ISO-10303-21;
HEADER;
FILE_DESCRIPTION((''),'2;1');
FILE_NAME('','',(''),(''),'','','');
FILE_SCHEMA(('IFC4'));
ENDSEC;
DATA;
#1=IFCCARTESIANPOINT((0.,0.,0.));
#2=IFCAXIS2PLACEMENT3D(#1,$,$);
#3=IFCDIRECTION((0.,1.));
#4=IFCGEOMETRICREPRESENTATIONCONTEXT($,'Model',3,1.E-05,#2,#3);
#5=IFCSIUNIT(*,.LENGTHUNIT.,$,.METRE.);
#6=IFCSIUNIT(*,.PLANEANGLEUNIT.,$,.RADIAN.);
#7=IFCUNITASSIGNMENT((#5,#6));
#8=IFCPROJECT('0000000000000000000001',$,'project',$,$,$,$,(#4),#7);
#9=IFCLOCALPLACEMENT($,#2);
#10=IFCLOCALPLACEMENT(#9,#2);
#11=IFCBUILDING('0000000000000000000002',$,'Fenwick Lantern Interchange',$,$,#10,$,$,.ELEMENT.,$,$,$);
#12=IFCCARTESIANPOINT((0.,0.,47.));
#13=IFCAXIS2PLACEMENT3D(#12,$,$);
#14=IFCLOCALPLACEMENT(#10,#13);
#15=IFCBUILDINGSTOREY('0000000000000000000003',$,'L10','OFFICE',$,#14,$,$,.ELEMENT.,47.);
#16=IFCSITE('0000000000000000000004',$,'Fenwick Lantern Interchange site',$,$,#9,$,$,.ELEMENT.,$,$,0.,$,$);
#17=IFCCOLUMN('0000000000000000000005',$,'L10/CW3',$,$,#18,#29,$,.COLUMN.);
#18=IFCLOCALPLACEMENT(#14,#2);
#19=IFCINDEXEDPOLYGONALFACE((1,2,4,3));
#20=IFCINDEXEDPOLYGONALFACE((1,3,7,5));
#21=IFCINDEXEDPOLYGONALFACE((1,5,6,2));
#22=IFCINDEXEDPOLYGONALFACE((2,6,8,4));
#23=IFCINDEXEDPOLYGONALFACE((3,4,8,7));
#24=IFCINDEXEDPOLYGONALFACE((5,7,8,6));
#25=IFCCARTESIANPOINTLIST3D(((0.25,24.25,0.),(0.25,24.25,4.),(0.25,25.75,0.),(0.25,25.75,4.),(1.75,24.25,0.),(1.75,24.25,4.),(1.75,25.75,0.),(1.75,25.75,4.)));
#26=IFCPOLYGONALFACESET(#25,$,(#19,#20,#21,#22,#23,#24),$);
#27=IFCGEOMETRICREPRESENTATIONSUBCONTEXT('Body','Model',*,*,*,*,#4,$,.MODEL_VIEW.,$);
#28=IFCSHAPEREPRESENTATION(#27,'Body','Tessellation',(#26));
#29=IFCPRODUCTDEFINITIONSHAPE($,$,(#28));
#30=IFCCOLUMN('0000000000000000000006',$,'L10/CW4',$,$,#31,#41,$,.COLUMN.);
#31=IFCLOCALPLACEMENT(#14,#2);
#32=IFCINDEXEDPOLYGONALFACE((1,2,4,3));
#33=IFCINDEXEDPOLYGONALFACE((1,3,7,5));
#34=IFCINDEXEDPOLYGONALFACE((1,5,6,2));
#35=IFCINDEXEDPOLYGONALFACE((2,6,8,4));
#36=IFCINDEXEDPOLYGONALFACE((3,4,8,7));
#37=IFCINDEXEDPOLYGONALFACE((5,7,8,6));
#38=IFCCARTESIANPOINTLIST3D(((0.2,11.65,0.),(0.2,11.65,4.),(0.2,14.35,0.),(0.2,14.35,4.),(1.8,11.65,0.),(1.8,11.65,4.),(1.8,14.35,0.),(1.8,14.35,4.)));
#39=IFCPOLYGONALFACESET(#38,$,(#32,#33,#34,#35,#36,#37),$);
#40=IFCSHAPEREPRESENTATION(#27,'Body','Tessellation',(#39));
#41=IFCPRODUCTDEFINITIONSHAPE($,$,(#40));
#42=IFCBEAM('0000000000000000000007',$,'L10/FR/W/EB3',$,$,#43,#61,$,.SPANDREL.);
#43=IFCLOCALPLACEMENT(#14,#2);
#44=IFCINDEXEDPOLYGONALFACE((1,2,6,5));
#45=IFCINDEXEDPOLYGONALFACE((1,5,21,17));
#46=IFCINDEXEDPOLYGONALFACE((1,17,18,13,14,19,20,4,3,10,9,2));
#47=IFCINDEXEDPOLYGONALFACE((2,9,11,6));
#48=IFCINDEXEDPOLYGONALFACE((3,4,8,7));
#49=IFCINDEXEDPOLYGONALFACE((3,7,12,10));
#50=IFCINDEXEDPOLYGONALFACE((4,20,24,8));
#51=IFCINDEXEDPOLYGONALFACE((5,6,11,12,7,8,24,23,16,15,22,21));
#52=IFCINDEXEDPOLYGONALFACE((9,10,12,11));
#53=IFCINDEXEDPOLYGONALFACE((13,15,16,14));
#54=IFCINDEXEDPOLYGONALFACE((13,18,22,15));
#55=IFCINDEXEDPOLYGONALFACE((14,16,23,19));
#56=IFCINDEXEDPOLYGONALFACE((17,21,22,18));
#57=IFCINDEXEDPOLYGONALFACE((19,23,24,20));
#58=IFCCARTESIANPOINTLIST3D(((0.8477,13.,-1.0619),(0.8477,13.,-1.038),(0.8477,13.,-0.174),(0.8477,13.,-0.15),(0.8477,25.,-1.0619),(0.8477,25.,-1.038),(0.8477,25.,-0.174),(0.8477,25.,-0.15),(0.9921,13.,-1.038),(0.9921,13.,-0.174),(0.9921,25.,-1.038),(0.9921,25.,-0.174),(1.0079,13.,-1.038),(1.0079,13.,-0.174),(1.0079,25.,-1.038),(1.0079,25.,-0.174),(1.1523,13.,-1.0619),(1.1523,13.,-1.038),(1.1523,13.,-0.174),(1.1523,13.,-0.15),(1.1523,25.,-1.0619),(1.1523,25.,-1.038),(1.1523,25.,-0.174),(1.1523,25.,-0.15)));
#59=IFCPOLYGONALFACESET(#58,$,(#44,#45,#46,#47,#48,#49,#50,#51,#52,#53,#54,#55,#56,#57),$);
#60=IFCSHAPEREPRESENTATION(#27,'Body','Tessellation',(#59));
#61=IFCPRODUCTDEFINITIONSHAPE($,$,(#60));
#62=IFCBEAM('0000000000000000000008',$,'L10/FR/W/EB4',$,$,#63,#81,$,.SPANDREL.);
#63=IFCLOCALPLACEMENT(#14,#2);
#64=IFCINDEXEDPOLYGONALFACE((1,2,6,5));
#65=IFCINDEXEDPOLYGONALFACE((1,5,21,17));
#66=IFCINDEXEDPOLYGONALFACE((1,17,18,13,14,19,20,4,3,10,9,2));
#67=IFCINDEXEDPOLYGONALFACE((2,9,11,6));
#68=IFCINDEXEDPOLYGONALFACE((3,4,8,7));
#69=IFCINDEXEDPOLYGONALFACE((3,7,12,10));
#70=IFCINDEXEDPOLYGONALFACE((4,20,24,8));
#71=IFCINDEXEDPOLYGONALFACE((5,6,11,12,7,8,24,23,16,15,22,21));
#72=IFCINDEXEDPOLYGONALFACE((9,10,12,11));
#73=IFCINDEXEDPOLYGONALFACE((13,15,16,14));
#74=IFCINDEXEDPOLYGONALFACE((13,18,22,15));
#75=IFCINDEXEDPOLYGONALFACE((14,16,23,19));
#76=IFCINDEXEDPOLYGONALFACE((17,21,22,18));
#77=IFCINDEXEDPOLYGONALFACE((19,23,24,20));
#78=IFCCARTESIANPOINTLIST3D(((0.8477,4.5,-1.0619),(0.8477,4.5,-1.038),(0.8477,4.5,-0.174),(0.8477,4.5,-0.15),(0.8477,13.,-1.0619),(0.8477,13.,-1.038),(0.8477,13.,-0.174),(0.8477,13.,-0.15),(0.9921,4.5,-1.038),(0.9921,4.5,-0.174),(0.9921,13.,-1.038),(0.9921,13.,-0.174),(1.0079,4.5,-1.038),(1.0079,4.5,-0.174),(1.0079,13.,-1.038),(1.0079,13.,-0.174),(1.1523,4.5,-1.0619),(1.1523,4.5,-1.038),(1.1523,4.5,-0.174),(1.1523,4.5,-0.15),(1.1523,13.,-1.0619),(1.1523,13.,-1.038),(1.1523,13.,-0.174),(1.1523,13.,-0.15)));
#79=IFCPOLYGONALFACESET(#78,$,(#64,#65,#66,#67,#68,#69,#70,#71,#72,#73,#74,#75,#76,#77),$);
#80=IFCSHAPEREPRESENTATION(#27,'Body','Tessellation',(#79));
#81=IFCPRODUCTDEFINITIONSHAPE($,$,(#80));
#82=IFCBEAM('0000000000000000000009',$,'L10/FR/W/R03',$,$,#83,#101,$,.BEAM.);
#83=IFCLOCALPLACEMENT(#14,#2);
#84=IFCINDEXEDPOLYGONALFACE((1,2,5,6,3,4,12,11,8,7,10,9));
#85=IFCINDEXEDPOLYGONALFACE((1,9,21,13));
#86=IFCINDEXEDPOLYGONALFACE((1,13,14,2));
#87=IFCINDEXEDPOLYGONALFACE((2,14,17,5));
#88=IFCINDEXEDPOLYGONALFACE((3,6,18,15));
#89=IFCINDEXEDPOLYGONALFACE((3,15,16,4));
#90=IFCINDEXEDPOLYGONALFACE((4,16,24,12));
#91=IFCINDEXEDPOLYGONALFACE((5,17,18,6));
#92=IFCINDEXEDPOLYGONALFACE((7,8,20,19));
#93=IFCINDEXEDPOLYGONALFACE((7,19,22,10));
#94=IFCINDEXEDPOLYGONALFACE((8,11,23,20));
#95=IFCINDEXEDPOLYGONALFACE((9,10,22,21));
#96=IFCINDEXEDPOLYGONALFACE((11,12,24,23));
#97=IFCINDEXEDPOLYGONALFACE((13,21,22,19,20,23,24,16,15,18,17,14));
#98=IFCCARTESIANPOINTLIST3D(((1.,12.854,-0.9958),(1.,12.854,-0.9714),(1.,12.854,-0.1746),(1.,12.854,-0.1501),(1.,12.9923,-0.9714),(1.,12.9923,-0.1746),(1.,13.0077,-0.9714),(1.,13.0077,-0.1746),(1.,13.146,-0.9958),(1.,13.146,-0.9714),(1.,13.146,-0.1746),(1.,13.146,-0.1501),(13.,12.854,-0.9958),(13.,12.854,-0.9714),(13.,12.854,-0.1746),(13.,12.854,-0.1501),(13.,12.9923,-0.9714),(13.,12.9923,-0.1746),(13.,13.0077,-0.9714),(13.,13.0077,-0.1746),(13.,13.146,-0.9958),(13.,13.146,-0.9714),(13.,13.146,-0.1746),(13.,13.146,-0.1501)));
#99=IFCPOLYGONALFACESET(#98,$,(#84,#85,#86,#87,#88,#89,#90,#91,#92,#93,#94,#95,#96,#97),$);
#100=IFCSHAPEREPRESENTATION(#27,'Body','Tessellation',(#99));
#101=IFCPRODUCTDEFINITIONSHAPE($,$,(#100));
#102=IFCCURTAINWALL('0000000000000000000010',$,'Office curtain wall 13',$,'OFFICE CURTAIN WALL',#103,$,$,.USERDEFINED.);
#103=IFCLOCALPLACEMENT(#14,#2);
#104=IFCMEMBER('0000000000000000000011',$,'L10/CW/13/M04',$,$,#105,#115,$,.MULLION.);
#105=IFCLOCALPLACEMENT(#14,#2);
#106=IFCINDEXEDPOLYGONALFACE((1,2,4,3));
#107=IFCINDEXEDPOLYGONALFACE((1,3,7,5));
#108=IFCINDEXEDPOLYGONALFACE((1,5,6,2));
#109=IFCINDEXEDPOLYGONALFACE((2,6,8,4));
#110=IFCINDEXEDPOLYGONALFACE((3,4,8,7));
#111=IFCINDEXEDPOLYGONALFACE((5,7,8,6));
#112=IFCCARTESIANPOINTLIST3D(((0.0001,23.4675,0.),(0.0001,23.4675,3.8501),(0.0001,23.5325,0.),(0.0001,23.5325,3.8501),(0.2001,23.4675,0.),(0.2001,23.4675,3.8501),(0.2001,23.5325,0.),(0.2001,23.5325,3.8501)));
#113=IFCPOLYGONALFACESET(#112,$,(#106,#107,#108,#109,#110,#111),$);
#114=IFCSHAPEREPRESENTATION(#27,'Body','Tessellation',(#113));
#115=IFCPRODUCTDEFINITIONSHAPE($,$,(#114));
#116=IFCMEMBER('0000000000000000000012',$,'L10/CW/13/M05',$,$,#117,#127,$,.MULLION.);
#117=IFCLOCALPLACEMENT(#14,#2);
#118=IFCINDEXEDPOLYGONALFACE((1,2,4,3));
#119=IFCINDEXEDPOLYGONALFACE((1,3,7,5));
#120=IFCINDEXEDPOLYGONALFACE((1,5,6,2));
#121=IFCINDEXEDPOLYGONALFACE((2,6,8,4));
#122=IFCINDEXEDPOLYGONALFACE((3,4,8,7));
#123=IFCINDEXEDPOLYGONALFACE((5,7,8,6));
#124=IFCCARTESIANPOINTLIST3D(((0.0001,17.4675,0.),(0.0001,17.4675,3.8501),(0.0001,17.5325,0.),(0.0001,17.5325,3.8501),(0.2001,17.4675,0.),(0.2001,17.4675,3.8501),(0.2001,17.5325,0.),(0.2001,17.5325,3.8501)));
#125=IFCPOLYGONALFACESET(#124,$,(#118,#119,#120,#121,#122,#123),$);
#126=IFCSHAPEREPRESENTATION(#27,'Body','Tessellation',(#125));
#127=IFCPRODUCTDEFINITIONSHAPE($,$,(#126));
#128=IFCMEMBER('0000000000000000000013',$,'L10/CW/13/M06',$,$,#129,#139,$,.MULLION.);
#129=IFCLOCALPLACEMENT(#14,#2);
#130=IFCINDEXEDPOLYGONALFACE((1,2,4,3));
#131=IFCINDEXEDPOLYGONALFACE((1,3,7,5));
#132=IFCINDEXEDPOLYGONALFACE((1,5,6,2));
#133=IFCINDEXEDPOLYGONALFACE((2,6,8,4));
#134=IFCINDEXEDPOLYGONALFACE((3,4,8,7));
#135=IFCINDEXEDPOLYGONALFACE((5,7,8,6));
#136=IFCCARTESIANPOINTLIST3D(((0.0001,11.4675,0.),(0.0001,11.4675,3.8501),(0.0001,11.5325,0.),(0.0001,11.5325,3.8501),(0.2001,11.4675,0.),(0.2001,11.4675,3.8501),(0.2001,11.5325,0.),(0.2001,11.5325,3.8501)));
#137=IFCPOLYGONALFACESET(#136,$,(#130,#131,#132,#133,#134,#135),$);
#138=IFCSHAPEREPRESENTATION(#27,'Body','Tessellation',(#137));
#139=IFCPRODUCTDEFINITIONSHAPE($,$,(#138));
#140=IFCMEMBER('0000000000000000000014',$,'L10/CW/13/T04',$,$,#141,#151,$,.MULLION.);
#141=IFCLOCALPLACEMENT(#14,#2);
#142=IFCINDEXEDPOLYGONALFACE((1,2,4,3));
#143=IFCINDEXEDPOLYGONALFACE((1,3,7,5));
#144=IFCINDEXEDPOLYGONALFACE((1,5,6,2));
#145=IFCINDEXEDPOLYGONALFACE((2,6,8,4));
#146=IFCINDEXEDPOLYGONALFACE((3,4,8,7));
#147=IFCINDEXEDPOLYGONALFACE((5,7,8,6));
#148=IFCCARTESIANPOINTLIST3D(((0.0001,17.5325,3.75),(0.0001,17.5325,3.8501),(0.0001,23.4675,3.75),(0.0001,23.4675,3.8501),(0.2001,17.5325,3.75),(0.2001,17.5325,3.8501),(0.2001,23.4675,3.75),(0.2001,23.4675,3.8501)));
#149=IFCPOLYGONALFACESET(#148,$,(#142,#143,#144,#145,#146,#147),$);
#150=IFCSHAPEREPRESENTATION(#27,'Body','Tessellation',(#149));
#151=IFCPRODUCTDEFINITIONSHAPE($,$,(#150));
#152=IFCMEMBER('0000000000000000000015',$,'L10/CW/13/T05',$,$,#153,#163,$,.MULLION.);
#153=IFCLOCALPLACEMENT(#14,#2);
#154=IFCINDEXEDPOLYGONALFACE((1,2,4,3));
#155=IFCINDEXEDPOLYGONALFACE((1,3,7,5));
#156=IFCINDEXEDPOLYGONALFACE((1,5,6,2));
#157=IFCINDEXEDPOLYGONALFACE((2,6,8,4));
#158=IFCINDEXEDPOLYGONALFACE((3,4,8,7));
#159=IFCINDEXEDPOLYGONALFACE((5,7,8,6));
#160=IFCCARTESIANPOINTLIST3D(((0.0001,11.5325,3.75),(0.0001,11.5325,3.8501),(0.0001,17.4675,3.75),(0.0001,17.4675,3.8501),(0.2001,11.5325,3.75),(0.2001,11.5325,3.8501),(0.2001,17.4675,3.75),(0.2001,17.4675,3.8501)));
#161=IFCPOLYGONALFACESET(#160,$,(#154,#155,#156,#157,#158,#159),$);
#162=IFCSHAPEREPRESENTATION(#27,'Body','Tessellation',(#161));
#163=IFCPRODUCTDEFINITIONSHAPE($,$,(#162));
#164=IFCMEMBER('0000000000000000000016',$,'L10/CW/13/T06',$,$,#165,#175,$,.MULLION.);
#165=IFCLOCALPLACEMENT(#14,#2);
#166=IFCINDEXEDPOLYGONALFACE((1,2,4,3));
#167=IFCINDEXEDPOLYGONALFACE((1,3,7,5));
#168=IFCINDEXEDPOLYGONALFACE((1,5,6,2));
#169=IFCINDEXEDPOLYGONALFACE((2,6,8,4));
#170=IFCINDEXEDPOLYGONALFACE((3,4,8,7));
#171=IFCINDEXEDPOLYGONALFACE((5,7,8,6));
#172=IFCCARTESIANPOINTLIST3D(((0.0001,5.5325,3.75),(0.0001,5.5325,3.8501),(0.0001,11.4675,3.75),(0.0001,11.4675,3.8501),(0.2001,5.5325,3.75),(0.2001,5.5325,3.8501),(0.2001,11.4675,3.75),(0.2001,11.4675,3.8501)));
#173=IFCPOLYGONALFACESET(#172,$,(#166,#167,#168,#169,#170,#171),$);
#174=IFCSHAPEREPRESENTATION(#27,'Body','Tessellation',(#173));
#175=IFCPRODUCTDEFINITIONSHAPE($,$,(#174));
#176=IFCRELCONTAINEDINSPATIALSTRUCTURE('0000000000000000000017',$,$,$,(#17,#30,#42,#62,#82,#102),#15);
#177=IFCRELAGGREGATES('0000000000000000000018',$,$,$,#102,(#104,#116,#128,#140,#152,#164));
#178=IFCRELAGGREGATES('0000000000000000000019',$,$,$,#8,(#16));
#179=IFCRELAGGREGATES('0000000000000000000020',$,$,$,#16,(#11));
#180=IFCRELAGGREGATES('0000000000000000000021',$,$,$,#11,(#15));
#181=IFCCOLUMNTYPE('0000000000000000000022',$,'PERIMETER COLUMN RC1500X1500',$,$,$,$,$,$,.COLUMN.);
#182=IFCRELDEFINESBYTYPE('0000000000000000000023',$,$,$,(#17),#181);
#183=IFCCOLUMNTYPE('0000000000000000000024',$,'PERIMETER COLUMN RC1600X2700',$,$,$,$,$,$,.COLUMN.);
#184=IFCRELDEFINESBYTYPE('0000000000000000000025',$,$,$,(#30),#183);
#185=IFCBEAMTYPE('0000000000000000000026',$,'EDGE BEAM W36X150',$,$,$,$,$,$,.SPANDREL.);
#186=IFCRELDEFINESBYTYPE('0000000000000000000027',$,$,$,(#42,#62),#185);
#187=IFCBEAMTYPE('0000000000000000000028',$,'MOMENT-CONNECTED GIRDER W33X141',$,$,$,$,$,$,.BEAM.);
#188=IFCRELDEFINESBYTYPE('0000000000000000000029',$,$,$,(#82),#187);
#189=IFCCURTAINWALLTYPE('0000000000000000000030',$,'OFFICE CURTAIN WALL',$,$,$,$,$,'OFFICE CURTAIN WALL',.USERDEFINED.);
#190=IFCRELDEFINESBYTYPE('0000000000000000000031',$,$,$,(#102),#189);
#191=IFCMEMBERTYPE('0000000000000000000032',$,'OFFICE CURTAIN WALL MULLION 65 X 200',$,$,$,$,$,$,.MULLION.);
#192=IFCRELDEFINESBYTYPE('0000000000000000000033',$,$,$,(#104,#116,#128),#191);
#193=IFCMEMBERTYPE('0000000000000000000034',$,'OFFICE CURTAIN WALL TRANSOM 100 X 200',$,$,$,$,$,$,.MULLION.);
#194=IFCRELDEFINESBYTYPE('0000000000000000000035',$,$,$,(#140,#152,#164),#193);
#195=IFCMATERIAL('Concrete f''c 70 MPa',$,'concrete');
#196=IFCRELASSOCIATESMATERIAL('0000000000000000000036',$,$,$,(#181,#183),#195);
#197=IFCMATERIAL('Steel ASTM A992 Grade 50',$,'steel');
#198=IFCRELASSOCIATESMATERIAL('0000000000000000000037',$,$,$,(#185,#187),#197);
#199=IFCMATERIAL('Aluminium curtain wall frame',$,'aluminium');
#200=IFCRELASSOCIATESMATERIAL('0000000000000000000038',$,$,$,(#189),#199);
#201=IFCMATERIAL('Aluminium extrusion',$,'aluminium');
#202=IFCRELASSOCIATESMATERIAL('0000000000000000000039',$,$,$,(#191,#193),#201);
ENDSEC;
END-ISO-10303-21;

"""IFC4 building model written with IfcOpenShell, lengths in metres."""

from ifc_helpers import new_model, si_unit, direction, frame, origin, origin_2d, place, context, subcontext, project, spatial, rectangle, i_section, extrude, material, material_profile, profile_set, type_object, element, aggregate, save


model = new_model("IFC4")

# Units and contexts
model_context = context("Model", 3, precision=1e-05, world=origin(), true_north=direction((0.0, 1.0)))
body_context = subcontext(model_context, "Body", "Model", "MODEL_VIEW")
ifc_project = project(units=[si_unit("LENGTHUNIT", "METRE"), si_unit("PLANEANGLEUNIT", "RADIAN")], contexts=[model_context])

# Site, building, storey
site_placement = place(None, origin())
site = spatial("IfcSite", under=ifc_project, at=site_placement, Name="Fenwick Lantern Interchange site", CompositionType="ELEMENT", RefElevation=0.0)
building_placement = place(site_placement, origin())
building = spatial("IfcBuilding", under=site, at=building_placement, Name="Fenwick Lantern Interchange", CompositionType="ELEMENT")
storey_placement = place(building_placement, frame((0.0, 0.0, 47.0)))
storey = spatial("IfcBuildingStorey", under=building, at=storey_placement, Name="L10", Description="OFFICE", CompositionType="ELEMENT", Elevation=47.0)

# Columns
ifc_material_1 = material(Name="Concrete f'c 70 MPa", Category="concrete")
ifc_material_profile_1 = material_profile(ifc_material_1, rectangle(XDim=1.5, YDim=1.5, at=origin_2d()), Name="RC1500X1500")
ifc_profile_set_1 = profile_set([ifc_material_profile_1], Name="Concrete f'c 70 MPa")
column_type_1 = type_object("IfcColumnType", Name="PERIMETER COLUMN RC1500X1500", PredefinedType="COLUMN", material=ifc_profile_set_1)
column_1_placement = place(storey_placement, frame((1.0, 25.0, 0.0), z_axis=(0.0, 0.0, 1.0), x_axis=(1.0, 0.0, 0.0)))
element("IfcColumn", 1, at=column_1_placement, inside=storey, type_object=column_type_1, Name="L10/CW3", PredefinedType="COLUMN", context=body_context, shape_type="SweptSolid", body=[
    extrude(rectangle(XDim=1.5, YDim=1.5, at=origin_2d()), origin(), (0.0, 0.0, 1.0), 4.0),
])
ifc_material_profile_2 = material_profile(ifc_material_1, rectangle(XDim=1.6001, YDim=2.7, at=origin_2d()), Name="RC1600X2700")
ifc_profile_set_2 = profile_set([ifc_material_profile_2], Name="Concrete f'c 70 MPa")
column_type_2 = type_object("IfcColumnType", Name="PERIMETER COLUMN RC1600X2700", PredefinedType="COLUMN", material=ifc_profile_set_2)
column_2_placement = place(storey_placement, frame((1.0, 13.0, 0.0), z_axis=(0.0, 0.0, 1.0), x_axis=(1.0, 0.0, 0.0)))
element("IfcColumn", 2, at=column_2_placement, inside=storey, type_object=column_type_2, Name="L10/CW4", PredefinedType="COLUMN", context=body_context, shape_type="SweptSolid", body=[
    extrude(rectangle(XDim=1.6001, YDim=2.7, at=origin_2d()), origin(), (0.0, 0.0, 1.0), 4.0),
])

# Beams
ifc_material_2 = material(Name="Steel ASTM A992 Grade 50", Category="steel")
ifc_material_profile_3 = material_profile(ifc_material_2, i_section(OverallWidth=0.3047, OverallDepth=0.9119, WebThickness=0.0159, FlangeThickness=0.0239, at=origin_2d()), Name="W36X150")
ifc_profile_set_3 = profile_set([ifc_material_profile_3], Name="Steel ASTM A992 Grade 50")
beam_type_1 = type_object("IfcBeamType", Name="EDGE BEAM W36X150", PredefinedType="SPANDREL", material=ifc_profile_set_3)
beam_1_placement = place(storey_placement, frame((1.0, 25.0, -0.606), z_axis=(0.0, -1.0, 0.0), x_axis=(1.0, 0.0, 0.0)))
element("IfcBeam", 3, at=beam_1_placement, inside=storey, type_object=beam_type_1, Name="L10/FR/W/EB3", PredefinedType="SPANDREL", context=body_context, shape_type="SweptSolid", body=[
    extrude(i_section(OverallWidth=0.3047, OverallDepth=0.9119, WebThickness=0.0159, FlangeThickness=0.0239, at=origin_2d()), origin(), (0.0, 0.0, 1.0), 12.0),
])
beam_2_placement = place(storey_placement, frame((1.0, 13.0, -0.606), z_axis=(0.0, -1.0, 0.0), x_axis=(1.0, 0.0, 0.0)))
element("IfcBeam", 4, at=beam_2_placement, inside=storey, type_object=beam_type_1, Name="L10/FR/W/EB4", PredefinedType="SPANDREL", context=body_context, shape_type="SweptSolid", body=[
    extrude(i_section(OverallWidth=0.3047, OverallDepth=0.9119, WebThickness=0.0159, FlangeThickness=0.0239, at=origin_2d()), origin(), (0.0, 0.0, 1.0), 8.5),
])
ifc_material_profile_4 = material_profile(ifc_material_2, i_section(OverallWidth=0.292, OverallDepth=0.8457, WebThickness=0.0154, FlangeThickness=0.0244, at=origin_2d()), Name="W33X141")
ifc_profile_set_4 = profile_set([ifc_material_profile_4], Name="Steel ASTM A992 Grade 50")
beam_type_2 = type_object("IfcBeamType", Name="MOMENT-CONNECTED GIRDER W33X141", PredefinedType="BEAM", material=ifc_profile_set_4)
beam_3_placement = place(storey_placement, frame((1.0, 13.0, -0.573), z_axis=(1.0, 0.0, 0.0), x_axis=(0.0, 1.0, 0.0)))
element("IfcBeam", 5, at=beam_3_placement, inside=storey, type_object=beam_type_2, Name="L10/FR/W/R03", PredefinedType="BEAM", context=body_context, shape_type="SweptSolid", body=[
    extrude(i_section(OverallWidth=0.292, OverallDepth=0.8457, WebThickness=0.0154, FlangeThickness=0.0244, at=origin_2d()), origin(), (0.0, 0.0, 1.0), 12.0),
])

# Curtain wall, members
ifc_material_3 = material(Name="Aluminium curtain wall frame", Category="aluminium")
curtain_wall_type = type_object("IfcCurtainWallType", Name="OFFICE CURTAIN WALL", ElementType="OFFICE CURTAIN WALL", PredefinedType="USERDEFINED", material=ifc_material_3)
curtain_wall_placement = place(storey_placement, origin())
curtain_wall = element("IfcCurtainWall", 6, at=curtain_wall_placement, inside=storey, type_object=curtain_wall_type, Name="Office curtain wall 13", ObjectType="OFFICE CURTAIN WALL", PredefinedType="USERDEFINED")
ifc_material_4 = material(Name="Aluminium extrusion", Category="aluminium")
ifc_material_profile_5 = material_profile(ifc_material_4, rectangle(XDim=0.2, YDim=0.0649, at=origin_2d()), Name="OFFICE CURTAIN WALL MULLION 65 X 200")
ifc_profile_set_5 = profile_set([ifc_material_profile_5], Name="Aluminium extrusion")
member_type_1 = type_object("IfcMemberType", Name="OFFICE CURTAIN WALL MULLION 65 X 200", PredefinedType="MULLION", material=ifc_profile_set_5)
member_1_placement = place(storey_placement, frame((0.1001, 23.5, 0.0), z_axis=(0.0, 0.0, 1.0), x_axis=(1.0, 0.0, 0.0)))
member_1 = element("IfcMember", 7, at=member_1_placement, type_object=member_type_1, Name="L10/CW/13/M04", PredefinedType="MULLION", context=body_context, shape_type="SweptSolid", body=[
    extrude(rectangle(XDim=0.2, YDim=0.0649, at=origin_2d()), origin(), (0.0, 0.0, 1.0), 3.8501),
])
member_2_placement = place(storey_placement, frame((0.1001, 17.5, 0.0), z_axis=(0.0, 0.0, 1.0), x_axis=(1.0, 0.0, 0.0)))
member_2 = element("IfcMember", 8, at=member_2_placement, type_object=member_type_1, Name="L10/CW/13/M05", PredefinedType="MULLION", context=body_context, shape_type="SweptSolid", body=[
    extrude(rectangle(XDim=0.2, YDim=0.0649, at=origin_2d()), origin(), (0.0, 0.0, 1.0), 3.8501),
])
member_3_placement = place(storey_placement, frame((0.1001, 11.5, 0.0), z_axis=(0.0, 0.0, 1.0), x_axis=(1.0, 0.0, 0.0)))
member_3 = element("IfcMember", 9, at=member_3_placement, type_object=member_type_1, Name="L10/CW/13/M06", PredefinedType="MULLION", context=body_context, shape_type="SweptSolid", body=[
    extrude(rectangle(XDim=0.2, YDim=0.0649, at=origin_2d()), origin(), (0.0, 0.0, 1.0), 3.8501),
])
ifc_material_profile_6 = material_profile(ifc_material_4, rectangle(XDim=0.2, YDim=0.1001, at=origin_2d()), Name="OFFICE CURTAIN WALL TRANSOM 100 X 200")
ifc_profile_set_6 = profile_set([ifc_material_profile_6], Name="Aluminium extrusion")
member_type_2 = type_object("IfcMemberType", Name="OFFICE CURTAIN WALL TRANSOM 100 X 200", PredefinedType="MULLION", material=ifc_profile_set_6)
member_4_placement = place(storey_placement, frame((0.1001, 23.4675, 3.8), z_axis=(0.0, -1.0, 0.0), x_axis=(1.0, 0.0, 0.0)))
member_4 = element("IfcMember", 10, at=member_4_placement, type_object=member_type_2, Name="L10/CW/13/T04", PredefinedType="MULLION", context=body_context, shape_type="SweptSolid", body=[
    extrude(rectangle(XDim=0.2, YDim=0.1001, at=origin_2d()), origin(), (0.0, 0.0, 1.0), 5.9351),
])
member_5_placement = place(storey_placement, frame((0.1001, 17.4675, 3.8), z_axis=(0.0, -1.0, 0.0), x_axis=(1.0, 0.0, 0.0)))
member_5 = element("IfcMember", 11, at=member_5_placement, type_object=member_type_2, Name="L10/CW/13/T05", PredefinedType="MULLION", context=body_context, shape_type="SweptSolid", body=[
    extrude(rectangle(XDim=0.2, YDim=0.1001, at=origin_2d()), origin(), (0.0, 0.0, 1.0), 5.9351),
])
member_6_placement = place(storey_placement, frame((0.1001, 11.4675, 3.8), z_axis=(0.0, -1.0, 0.0), x_axis=(1.0, 0.0, 0.0)))
member_6 = element("IfcMember", 12, at=member_6_placement, type_object=member_type_2, Name="L10/CW/13/T06", PredefinedType="MULLION", context=body_context, shape_type="SweptSolid", body=[
    extrude(rectangle(XDim=0.2, YDim=0.1001, at=origin_2d()), origin(), (0.0, 0.0, 1.0), 5.9351),
])
aggregate(curtain_wall, [member_1, member_2, member_3, member_4, member_5, member_6])

save(model, "model.ifc")
